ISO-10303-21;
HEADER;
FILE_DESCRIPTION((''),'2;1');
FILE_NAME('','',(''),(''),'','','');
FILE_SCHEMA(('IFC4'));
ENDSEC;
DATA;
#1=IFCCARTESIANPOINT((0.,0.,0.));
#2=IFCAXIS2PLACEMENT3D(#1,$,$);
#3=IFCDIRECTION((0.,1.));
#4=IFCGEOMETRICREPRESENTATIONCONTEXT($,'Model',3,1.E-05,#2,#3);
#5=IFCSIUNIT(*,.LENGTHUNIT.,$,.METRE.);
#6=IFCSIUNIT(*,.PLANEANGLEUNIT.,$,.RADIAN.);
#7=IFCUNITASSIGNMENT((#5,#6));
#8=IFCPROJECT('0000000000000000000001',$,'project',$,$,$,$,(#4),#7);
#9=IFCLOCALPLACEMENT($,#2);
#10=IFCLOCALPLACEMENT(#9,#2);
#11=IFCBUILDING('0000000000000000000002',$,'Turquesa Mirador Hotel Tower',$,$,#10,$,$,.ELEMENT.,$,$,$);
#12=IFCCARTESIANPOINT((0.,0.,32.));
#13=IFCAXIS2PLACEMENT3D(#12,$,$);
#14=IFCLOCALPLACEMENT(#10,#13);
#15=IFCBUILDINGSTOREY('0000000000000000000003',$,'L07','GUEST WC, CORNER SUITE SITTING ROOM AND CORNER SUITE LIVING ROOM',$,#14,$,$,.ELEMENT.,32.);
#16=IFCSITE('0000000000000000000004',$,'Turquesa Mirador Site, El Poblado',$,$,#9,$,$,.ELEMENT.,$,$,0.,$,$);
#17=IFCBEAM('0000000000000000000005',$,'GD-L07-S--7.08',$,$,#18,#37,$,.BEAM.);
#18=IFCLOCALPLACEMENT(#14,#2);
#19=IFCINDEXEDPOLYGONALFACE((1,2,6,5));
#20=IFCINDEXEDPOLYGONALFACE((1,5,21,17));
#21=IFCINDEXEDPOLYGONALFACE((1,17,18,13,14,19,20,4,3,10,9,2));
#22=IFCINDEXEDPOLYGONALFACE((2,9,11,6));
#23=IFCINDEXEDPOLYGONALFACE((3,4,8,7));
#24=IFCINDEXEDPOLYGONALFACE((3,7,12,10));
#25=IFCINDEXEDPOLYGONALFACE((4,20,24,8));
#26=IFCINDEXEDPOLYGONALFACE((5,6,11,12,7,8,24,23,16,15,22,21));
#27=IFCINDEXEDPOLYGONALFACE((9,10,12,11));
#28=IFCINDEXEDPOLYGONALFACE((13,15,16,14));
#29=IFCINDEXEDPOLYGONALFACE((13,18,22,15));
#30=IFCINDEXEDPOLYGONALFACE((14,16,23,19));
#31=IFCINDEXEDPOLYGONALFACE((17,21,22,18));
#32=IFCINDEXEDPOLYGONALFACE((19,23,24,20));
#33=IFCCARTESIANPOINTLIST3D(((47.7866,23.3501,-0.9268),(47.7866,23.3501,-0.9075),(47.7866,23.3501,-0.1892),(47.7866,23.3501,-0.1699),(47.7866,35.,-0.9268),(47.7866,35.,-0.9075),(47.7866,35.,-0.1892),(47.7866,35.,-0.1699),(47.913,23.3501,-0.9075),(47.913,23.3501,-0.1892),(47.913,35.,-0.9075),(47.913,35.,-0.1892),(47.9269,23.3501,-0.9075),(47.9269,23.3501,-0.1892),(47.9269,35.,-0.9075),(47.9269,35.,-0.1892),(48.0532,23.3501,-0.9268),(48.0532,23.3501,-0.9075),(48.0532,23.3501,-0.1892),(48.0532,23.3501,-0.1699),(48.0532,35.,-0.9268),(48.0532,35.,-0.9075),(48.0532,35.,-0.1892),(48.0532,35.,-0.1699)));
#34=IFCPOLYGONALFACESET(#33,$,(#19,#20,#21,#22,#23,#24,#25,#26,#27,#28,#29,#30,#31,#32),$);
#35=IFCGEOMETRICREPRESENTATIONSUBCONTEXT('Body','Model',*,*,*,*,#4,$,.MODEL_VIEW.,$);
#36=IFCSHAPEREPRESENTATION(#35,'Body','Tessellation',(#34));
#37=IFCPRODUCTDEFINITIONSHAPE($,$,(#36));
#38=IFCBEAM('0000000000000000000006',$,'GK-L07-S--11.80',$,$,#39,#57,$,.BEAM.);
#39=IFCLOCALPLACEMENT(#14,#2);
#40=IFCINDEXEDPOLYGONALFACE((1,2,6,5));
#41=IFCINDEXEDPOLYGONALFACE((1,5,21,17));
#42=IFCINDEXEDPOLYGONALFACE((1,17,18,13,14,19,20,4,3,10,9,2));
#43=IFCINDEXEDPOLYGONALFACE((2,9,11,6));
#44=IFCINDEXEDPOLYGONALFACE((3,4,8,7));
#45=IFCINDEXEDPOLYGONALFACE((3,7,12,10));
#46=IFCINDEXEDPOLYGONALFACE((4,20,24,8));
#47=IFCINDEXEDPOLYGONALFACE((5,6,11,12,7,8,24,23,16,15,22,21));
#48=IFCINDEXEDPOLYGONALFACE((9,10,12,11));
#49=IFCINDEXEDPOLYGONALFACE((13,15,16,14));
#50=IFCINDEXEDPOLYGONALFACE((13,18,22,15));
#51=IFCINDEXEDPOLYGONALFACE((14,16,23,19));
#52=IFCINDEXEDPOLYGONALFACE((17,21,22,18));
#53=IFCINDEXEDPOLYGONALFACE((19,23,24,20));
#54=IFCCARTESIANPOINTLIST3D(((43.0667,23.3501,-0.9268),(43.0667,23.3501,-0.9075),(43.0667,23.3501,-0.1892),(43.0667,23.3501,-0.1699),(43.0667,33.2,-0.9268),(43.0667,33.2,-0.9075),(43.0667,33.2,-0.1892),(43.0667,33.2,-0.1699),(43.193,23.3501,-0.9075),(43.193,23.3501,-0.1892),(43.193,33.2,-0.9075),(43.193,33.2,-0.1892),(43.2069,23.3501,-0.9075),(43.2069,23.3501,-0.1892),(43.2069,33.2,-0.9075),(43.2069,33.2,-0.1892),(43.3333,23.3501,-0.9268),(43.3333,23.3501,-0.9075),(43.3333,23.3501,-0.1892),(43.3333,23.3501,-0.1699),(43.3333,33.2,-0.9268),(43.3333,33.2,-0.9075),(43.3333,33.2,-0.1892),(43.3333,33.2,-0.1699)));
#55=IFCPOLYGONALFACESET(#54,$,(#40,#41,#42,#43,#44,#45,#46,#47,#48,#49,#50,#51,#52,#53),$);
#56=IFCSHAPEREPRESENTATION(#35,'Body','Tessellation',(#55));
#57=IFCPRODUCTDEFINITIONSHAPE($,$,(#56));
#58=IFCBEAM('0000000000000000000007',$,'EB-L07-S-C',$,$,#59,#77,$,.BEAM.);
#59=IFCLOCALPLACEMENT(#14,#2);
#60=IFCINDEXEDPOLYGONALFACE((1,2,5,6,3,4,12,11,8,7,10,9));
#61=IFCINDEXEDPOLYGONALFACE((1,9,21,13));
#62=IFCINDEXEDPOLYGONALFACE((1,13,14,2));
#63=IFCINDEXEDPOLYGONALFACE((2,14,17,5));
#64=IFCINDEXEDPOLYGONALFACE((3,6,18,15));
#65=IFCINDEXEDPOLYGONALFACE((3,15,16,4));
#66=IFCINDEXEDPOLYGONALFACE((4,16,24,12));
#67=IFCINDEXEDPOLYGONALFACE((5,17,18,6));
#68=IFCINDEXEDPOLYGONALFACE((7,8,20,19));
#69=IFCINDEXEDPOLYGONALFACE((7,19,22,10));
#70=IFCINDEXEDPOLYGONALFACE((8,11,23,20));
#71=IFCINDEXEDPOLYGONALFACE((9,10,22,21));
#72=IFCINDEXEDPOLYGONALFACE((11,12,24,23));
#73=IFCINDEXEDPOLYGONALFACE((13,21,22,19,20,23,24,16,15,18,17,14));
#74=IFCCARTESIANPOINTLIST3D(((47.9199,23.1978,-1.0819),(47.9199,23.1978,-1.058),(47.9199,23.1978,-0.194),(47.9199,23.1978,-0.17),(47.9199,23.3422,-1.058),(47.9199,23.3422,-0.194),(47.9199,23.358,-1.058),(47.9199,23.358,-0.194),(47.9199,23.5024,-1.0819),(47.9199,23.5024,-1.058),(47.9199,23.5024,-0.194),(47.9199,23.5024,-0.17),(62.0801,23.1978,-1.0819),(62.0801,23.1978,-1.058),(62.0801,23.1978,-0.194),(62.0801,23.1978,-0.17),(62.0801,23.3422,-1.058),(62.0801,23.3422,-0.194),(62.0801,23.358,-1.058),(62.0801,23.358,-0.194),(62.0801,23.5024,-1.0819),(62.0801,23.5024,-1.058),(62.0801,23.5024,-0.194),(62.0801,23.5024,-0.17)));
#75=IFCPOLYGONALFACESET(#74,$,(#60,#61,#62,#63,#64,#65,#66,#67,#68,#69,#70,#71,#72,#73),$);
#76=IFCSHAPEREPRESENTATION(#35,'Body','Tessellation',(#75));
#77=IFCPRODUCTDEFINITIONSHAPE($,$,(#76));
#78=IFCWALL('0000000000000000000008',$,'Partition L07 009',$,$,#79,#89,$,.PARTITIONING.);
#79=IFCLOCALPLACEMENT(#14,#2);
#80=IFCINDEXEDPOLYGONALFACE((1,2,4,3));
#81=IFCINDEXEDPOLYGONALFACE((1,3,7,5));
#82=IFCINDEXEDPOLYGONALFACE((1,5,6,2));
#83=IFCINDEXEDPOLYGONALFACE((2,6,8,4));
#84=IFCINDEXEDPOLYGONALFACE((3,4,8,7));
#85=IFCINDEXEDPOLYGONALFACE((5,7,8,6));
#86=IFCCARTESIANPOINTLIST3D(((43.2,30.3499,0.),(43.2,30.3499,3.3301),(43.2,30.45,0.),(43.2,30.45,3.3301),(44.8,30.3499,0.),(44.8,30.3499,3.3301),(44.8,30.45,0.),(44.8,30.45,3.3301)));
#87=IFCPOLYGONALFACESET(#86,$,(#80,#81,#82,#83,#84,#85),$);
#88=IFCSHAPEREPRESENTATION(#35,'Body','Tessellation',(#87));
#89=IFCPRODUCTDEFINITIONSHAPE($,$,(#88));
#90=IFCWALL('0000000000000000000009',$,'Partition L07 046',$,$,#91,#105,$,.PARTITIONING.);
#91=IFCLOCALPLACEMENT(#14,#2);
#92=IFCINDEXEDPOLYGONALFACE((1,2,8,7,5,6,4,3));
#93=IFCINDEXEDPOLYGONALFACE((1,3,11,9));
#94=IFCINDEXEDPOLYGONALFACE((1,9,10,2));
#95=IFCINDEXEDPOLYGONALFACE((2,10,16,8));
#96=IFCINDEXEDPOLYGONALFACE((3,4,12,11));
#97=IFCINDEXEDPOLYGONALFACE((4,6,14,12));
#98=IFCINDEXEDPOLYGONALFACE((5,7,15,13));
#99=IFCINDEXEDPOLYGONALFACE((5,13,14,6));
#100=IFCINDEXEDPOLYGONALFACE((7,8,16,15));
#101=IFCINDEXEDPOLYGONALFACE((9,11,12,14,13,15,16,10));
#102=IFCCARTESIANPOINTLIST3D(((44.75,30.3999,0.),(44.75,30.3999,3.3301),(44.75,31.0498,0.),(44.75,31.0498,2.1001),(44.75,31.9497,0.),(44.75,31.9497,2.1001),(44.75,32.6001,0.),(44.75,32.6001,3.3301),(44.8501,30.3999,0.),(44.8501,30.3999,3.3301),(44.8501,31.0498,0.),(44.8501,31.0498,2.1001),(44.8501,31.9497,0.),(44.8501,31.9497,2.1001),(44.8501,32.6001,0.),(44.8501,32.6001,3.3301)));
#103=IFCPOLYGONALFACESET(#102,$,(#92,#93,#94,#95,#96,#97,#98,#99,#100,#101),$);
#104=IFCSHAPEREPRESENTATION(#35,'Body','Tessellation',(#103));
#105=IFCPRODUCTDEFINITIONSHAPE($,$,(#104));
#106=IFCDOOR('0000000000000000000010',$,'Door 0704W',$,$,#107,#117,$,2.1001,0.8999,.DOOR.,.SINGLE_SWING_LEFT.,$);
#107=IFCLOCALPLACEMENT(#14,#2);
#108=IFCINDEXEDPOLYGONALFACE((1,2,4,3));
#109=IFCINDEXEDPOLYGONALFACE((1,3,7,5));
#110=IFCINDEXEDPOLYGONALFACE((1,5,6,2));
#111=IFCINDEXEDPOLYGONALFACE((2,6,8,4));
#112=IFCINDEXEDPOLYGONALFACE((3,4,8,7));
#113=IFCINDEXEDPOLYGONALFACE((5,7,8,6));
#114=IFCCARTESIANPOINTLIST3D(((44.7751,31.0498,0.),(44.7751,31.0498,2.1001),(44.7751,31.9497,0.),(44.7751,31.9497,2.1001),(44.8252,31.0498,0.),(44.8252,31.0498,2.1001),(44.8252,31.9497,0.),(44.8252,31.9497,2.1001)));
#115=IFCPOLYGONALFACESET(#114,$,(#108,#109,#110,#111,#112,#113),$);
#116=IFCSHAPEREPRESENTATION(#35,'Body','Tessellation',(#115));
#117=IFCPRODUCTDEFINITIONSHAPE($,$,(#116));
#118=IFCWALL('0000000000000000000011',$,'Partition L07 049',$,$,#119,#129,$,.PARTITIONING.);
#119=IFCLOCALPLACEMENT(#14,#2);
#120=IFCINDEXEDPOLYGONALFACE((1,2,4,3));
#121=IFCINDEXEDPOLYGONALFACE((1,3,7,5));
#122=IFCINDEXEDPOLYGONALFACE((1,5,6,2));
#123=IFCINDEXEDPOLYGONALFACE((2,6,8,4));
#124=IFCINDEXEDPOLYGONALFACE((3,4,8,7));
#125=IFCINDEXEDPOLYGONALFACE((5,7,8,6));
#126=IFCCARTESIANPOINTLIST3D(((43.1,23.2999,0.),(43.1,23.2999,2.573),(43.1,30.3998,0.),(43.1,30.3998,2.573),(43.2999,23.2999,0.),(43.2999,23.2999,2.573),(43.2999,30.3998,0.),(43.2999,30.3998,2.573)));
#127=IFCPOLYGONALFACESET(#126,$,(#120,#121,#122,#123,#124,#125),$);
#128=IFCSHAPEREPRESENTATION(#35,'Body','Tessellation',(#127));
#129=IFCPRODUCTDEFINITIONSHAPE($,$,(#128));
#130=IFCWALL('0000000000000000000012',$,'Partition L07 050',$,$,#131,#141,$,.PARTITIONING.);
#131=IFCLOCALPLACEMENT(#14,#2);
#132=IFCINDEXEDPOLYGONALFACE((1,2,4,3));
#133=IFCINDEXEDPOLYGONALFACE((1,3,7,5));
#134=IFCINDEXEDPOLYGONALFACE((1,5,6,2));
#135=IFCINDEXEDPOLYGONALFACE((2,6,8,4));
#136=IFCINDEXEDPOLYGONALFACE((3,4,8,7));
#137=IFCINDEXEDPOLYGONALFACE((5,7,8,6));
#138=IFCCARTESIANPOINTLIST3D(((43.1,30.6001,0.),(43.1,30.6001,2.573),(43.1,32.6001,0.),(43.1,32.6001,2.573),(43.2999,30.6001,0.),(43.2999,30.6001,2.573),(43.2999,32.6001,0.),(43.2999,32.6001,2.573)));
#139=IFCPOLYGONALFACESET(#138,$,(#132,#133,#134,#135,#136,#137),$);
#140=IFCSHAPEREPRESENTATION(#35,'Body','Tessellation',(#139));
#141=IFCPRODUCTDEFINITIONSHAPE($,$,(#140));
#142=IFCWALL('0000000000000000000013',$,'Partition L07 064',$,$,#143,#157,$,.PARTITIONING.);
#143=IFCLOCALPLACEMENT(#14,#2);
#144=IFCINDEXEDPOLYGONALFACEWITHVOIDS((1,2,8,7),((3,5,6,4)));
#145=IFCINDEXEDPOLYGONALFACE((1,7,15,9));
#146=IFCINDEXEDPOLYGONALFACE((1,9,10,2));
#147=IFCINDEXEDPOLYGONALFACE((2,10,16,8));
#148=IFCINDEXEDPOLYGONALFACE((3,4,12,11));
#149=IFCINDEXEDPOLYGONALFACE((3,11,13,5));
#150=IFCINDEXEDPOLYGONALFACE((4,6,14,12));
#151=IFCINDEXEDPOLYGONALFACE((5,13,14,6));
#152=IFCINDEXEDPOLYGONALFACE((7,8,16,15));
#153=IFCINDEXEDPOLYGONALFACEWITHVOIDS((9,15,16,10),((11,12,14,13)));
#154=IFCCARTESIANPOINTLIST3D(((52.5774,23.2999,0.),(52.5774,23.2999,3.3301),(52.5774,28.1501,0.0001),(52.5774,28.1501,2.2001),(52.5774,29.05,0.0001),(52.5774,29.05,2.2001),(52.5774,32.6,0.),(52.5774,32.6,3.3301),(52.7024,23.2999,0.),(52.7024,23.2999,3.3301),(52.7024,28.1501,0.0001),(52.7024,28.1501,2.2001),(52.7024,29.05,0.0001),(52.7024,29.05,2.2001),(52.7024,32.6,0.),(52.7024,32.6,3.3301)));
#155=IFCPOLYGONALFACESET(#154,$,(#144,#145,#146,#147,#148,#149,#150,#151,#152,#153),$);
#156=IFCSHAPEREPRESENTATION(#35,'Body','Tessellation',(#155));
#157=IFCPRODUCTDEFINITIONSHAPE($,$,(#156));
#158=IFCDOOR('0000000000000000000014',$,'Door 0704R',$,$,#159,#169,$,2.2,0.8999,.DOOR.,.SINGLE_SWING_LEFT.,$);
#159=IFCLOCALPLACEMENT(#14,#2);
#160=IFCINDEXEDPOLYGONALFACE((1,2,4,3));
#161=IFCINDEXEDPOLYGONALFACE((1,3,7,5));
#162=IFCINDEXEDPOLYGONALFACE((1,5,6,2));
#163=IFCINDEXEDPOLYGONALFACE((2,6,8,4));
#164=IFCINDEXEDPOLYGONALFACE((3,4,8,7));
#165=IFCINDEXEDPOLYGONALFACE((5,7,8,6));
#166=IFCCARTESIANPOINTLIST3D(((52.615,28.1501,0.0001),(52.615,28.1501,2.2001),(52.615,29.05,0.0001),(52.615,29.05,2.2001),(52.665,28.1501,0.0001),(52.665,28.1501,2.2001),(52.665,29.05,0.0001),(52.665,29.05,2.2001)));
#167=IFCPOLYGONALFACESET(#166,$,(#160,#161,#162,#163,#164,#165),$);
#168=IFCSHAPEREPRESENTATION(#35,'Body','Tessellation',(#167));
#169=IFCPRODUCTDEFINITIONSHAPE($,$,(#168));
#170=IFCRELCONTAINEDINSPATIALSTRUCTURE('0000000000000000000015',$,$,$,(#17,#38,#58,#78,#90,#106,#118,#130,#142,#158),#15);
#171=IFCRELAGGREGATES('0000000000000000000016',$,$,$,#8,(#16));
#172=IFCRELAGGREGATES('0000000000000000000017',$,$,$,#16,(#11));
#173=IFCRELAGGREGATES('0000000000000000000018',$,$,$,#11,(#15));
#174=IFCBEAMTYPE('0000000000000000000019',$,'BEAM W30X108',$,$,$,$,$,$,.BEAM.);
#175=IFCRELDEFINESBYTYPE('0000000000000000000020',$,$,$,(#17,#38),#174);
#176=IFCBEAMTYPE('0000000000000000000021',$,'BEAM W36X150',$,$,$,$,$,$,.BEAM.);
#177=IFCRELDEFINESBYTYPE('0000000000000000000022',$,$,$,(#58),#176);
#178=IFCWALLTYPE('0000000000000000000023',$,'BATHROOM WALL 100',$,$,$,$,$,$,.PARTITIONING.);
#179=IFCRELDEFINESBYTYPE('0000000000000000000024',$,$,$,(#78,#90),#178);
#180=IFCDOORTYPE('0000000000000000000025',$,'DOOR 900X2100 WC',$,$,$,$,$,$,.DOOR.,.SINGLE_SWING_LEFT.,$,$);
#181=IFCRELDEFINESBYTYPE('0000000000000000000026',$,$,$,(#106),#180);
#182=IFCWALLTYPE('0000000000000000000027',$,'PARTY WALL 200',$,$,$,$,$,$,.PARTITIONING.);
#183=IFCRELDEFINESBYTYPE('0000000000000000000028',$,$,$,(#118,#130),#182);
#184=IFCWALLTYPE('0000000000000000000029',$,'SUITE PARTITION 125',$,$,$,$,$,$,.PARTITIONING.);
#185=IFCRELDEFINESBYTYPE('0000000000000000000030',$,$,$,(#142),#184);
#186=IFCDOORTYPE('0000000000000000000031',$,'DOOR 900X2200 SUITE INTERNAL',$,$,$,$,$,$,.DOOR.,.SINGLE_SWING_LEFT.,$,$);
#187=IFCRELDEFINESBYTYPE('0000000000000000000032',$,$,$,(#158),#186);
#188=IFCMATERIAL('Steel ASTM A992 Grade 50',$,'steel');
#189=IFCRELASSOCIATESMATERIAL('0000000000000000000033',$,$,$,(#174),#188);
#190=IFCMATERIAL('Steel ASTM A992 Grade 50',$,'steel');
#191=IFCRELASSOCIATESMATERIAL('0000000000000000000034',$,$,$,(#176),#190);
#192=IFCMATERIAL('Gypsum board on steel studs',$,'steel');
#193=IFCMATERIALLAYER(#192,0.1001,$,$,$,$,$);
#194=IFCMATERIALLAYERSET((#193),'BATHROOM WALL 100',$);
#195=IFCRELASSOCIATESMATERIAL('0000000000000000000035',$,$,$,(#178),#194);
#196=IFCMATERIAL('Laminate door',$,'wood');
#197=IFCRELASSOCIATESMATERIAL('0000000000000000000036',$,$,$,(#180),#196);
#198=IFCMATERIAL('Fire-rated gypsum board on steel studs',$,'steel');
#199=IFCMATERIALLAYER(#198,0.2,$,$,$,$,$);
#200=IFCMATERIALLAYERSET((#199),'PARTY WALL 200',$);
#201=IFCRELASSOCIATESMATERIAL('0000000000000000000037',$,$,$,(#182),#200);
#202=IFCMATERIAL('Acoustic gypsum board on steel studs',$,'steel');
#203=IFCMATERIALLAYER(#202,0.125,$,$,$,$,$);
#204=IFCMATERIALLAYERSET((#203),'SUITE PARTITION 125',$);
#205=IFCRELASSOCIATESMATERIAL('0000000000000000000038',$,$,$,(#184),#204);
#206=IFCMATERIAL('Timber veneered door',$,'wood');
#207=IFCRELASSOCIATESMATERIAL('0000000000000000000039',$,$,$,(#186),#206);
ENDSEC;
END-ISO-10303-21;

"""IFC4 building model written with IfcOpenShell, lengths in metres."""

from ifc_helpers import new_model, si_unit, direction, frame, frame_2d, origin, origin_2d, place, context, subcontext, project, spatial, rectangle, i_section, extrude, material, layer, layer_set, material_profile, profile_set, type_object, element, fill, save


model = new_model("IFC4")

# Units and contexts
model_context = context("Model", 3, precision=1e-05, world=origin(), true_north=direction((0.0, 1.0)))
body_context = subcontext(model_context, "Body", "Model", "MODEL_VIEW")
ifc_project = project(units=[si_unit("LENGTHUNIT", "METRE"), si_unit("PLANEANGLEUNIT", "RADIAN")], contexts=[model_context])

# Site, building, storey
site_placement = place(None, origin())
site = spatial("IfcSite", under=ifc_project, at=site_placement, Name="Turquesa Mirador Site, El Poblado", CompositionType="ELEMENT", RefElevation=0.0)
building_placement = place(site_placement, origin())
building = spatial("IfcBuilding", under=site, at=building_placement, Name="Turquesa Mirador Hotel Tower", CompositionType="ELEMENT")
storey_placement = place(building_placement, frame((0.0, 0.0, 32.0)))
storey = spatial("IfcBuildingStorey", under=building, at=storey_placement, Name="L07", Description="GUEST WC, CORNER SUITE SITTING ROOM AND CORNER SUITE LIVING ROOM", CompositionType="ELEMENT", Elevation=32.0)

# Beams
ifc_material_1 = material(Name="Steel ASTM A992 Grade 50", Category="steel")
ifc_material_profile_1 = material_profile(ifc_material_1, i_section(OverallWidth=0.2666, OverallDepth=0.7568, WebThickness=0.0139, FlangeThickness=0.0193, at=origin_2d()), Name="W30X108")
ifc_profile_set_1 = profile_set([ifc_material_profile_1], Name="Steel ASTM A992 Grade 50")
beam_type_1 = type_object("IfcBeamType", Name="BEAM W30X108", PredefinedType="BEAM", material=ifc_profile_set_1)
beam_1_placement = place(storey_placement, frame((47.9199, 23.3501, -0.5483), z_axis=(0.0, 1.0, 0.0), x_axis=(-1.0, 0.0, 0.0)))
element("IfcBeam", 1, at=beam_1_placement, inside=storey, type_object=beam_type_1, Name="GD-L07-S--7.08", PredefinedType="BEAM", context=body_context, shape_type="SweptSolid", body=[
    extrude(i_section(OverallWidth=0.2666, OverallDepth=0.7568, WebThickness=0.0139, FlangeThickness=0.0193, at=origin_2d()), origin(), (0.0, 0.0, 1.0), 11.6499),
])
beam_2_placement = place(storey_placement, frame((43.2, 23.3501, -0.5483), z_axis=(0.0, 1.0, 0.0), x_axis=(-1.0, 0.0, 0.0)))
element("IfcBeam", 2, at=beam_2_placement, inside=storey, type_object=beam_type_1, Name="GK-L07-S--11.80", PredefinedType="BEAM", context=body_context, shape_type="SweptSolid", body=[
    extrude(i_section(OverallWidth=0.2666, OverallDepth=0.7568, WebThickness=0.0139, FlangeThickness=0.0193, at=origin_2d()), origin(), (0.0, 0.0, 1.0), 9.8499),
])
ifc_material_2 = material(Name="Steel ASTM A992 Grade 50", Category="steel")
ifc_material_profile_2 = material_profile(ifc_material_2, i_section(OverallWidth=0.3047, OverallDepth=0.9119, WebThickness=0.0159, FlangeThickness=0.0239, at=origin_2d()), Name="W36X150")
ifc_profile_set_2 = profile_set([ifc_material_profile_2], Name="Steel ASTM A992 Grade 50")
beam_type_2 = type_object("IfcBeamType", Name="BEAM W36X150", PredefinedType="BEAM", material=ifc_profile_set_2)
beam_3_placement = place(storey_placement, frame((47.9199, 23.3501, -0.626), z_axis=(1.0, 0.0, 0.0), x_axis=(0.0, 1.0, 0.0)))
element("IfcBeam", 3, at=beam_3_placement, inside=storey, type_object=beam_type_2, Name="EB-L07-S-C", PredefinedType="BEAM", context=body_context, shape_type="SweptSolid", body=[
    extrude(i_section(OverallWidth=0.3047, OverallDepth=0.9119, WebThickness=0.0159, FlangeThickness=0.0239, at=origin_2d()), origin(), (0.0, 0.0, 1.0), 14.1602),
])

# Wall
ifc_material_3 = material(Name="Gypsum board on steel studs", Category="steel")
ifc_layer_1 = layer(ifc_material_3, 0.1001)
ifc_layer_set_1 = layer_set([ifc_layer_1], Name="BATHROOM WALL 100")
wall_type_1 = type_object("IfcWallType", Name="BATHROOM WALL 100", PredefinedType="PARTITIONING", material=ifc_layer_set_1)
wall_1_placement = place(storey_placement, frame((43.2, 30.3999, 0.0), z_axis=(0.0, 0.0, 1.0), x_axis=(1.0, 0.0, 0.0)))
element("IfcWall", 4, at=wall_1_placement, inside=storey, type_object=wall_type_1, Name="Partition L07 009", PredefinedType="PARTITIONING", context=body_context, shape_type="SweptSolid", body=[
    extrude(rectangle(XDim=1.6001, YDim=0.1001, at=frame_2d((0.8, 0.0))), origin(), (0.0, 0.0, 1.0), 3.3301),
])

# Wall, opening, door
wall_2_placement = place(storey_placement, frame((44.8, 30.3999, 0.0), z_axis=(0.0, 0.0, 1.0), x_axis=(0.0, 1.0, 0.0)))
wall_2 = element("IfcWall", 5, at=wall_2_placement, inside=storey, type_object=wall_type_1, Name="Partition L07 046", PredefinedType="PARTITIONING", context=body_context, shape_type="SweptSolid", body=[
    extrude(rectangle(XDim=2.2002, YDim=0.1001, at=frame_2d((1.1001, 0.0))), origin(), (0.0, 0.0, 1.0), 3.3301),
])
opening_1_placement = place(wall_2_placement, frame((0.6499, 0.0, 0.0)))
opening_1 = element("IfcOpeningElement", 6, at=opening_1_placement, cuts=wall_2, PredefinedType="OPENING", context=body_context, shape_type="SweptSolid", body=[
    extrude(rectangle(XDim=0.8999, YDim=2.1001, at=frame_2d((0.45, 1.05))), frame((0.0, 0.0601, 0.0), z_axis=(0.0, -1.0, 0.0), x_axis=(1.0, 0.0, 0.0)), (0.0, 0.0, 1.0), 0.1201),
])
ifc_material_4 = material(Name="Laminate door", Category="wood")
door_type_1 = type_object("IfcDoorType", Name="DOOR 900X2100 WC", OperationType="SINGLE_SWING_LEFT", PredefinedType="DOOR", material=ifc_material_4)
door_1_placement = place(opening_1_placement, origin())
door_1 = element("IfcDoor", 7, at=door_1_placement, inside=storey, type_object=door_type_1, Name="Door 0704W", OperationType="SINGLE_SWING_LEFT", OverallHeight=2.1001, OverallWidth=0.8999, PredefinedType="DOOR", context=body_context, shape_type="SweptSolid", body=[
    extrude(rectangle(XDim=0.8999, YDim=2.1001, at=frame_2d((0.45, 1.05))), frame((0.0, 0.0249, 0.0), z_axis=(0.0, -1.0, 0.0), x_axis=(1.0, 0.0, 0.0)), (0.0, 0.0, 1.0), 0.05),
])
fill(opening_1, door_1)

# Walls
ifc_material_5 = material(Name="Fire-rated gypsum board on steel studs", Category="steel")
ifc_layer_2 = layer(ifc_material_5, 0.2)
ifc_layer_set_2 = layer_set([ifc_layer_2], Name="PARTY WALL 200")
wall_type_2 = type_object("IfcWallType", Name="PARTY WALL 200", PredefinedType="PARTITIONING", material=ifc_layer_set_2)
wall_3_placement = place(storey_placement, frame((43.2, 23.3, 0.0), z_axis=(0.0, 0.0, 1.0), x_axis=(0.0, 1.0, 0.0)))
element("IfcWall", 8, at=wall_3_placement, inside=storey, type_object=wall_type_2, Name="Partition L07 049", PredefinedType="PARTITIONING", context=body_context, shape_type="SweptSolid", body=[
    extrude(rectangle(XDim=7.0999, YDim=0.2, at=frame_2d((3.5498, 0.0))), origin(), (0.0, 0.0, 1.0), 2.573),
])
wall_4_placement = place(storey_placement, frame((43.2, 30.6001, 0.0), z_axis=(0.0, 0.0, 1.0), x_axis=(0.0, 1.0, 0.0)))
element("IfcWall", 9, at=wall_4_placement, inside=storey, type_object=wall_type_2, Name="Partition L07 050", PredefinedType="PARTITIONING", context=body_context, shape_type="SweptSolid", body=[
    extrude(rectangle(XDim=2.0, YDim=0.2, at=frame_2d((1.0, 0.0))), origin(), (0.0, 0.0, 1.0), 2.573),
])

# Wall, opening, door
ifc_material_6 = material(Name="Acoustic gypsum board on steel studs", Category="steel")
ifc_layer_3 = layer(ifc_material_6, 0.125)
ifc_layer_set_3 = layer_set([ifc_layer_3], Name="SUITE PARTITION 125")
wall_type_3 = type_object("IfcWallType", Name="SUITE PARTITION 125", PredefinedType="PARTITIONING", material=ifc_layer_set_3)
wall_5_placement = place(storey_placement, frame((52.6399, 23.3, 0.0), z_axis=(0.0, 0.0, 1.0), x_axis=(0.0, 1.0, 0.0)))
wall_5 = element("IfcWall", 10, at=wall_5_placement, inside=storey, type_object=wall_type_3, Name="Partition L07 064", PredefinedType="PARTITIONING", context=body_context, shape_type="SweptSolid", body=[
    extrude(rectangle(XDim=9.3, YDim=0.125, at=frame_2d((4.6499, 0.0))), origin(), (0.0, 0.0, 1.0), 3.3301),
])
opening_2_placement = place(wall_5_placement, frame((4.8501, 0.0, 0.0)))
opening_2 = element("IfcOpeningElement", 11, at=opening_2_placement, cuts=wall_5, PredefinedType="OPENING", context=body_context, shape_type="SweptSolid", body=[
    extrude(rectangle(XDim=0.8999, YDim=2.2, at=frame_2d((0.45, 1.1001))), frame((0.0, 0.0725, 0.0), z_axis=(0.0, -1.0, 0.0), x_axis=(1.0, 0.0, 0.0)), (0.0, 0.0, 1.0), 0.145),
])
ifc_material_7 = material(Name="Timber veneered door", Category="wood")
door_type_2 = type_object("IfcDoorType", Name="DOOR 900X2200 SUITE INTERNAL", OperationType="SINGLE_SWING_LEFT", PredefinedType="DOOR", material=ifc_material_7)
door_2_placement = place(opening_2_placement, origin())
door_2 = element("IfcDoor", 12, at=door_2_placement, inside=storey, type_object=door_type_2, Name="Door 0704R", OperationType="SINGLE_SWING_LEFT", OverallHeight=2.2, OverallWidth=0.8999, PredefinedType="DOOR", context=body_context, shape_type="SweptSolid", body=[
    extrude(rectangle(XDim=0.8999, YDim=2.2, at=frame_2d((0.45, 1.1001))), frame((0.0, 0.0249, 0.0), z_axis=(0.0, -1.0, 0.0), x_axis=(1.0, 0.0, 0.0)), (0.0, 0.0, 1.0), 0.05),
])
fill(opening_2, door_2)

save(model, "model.ifc")
